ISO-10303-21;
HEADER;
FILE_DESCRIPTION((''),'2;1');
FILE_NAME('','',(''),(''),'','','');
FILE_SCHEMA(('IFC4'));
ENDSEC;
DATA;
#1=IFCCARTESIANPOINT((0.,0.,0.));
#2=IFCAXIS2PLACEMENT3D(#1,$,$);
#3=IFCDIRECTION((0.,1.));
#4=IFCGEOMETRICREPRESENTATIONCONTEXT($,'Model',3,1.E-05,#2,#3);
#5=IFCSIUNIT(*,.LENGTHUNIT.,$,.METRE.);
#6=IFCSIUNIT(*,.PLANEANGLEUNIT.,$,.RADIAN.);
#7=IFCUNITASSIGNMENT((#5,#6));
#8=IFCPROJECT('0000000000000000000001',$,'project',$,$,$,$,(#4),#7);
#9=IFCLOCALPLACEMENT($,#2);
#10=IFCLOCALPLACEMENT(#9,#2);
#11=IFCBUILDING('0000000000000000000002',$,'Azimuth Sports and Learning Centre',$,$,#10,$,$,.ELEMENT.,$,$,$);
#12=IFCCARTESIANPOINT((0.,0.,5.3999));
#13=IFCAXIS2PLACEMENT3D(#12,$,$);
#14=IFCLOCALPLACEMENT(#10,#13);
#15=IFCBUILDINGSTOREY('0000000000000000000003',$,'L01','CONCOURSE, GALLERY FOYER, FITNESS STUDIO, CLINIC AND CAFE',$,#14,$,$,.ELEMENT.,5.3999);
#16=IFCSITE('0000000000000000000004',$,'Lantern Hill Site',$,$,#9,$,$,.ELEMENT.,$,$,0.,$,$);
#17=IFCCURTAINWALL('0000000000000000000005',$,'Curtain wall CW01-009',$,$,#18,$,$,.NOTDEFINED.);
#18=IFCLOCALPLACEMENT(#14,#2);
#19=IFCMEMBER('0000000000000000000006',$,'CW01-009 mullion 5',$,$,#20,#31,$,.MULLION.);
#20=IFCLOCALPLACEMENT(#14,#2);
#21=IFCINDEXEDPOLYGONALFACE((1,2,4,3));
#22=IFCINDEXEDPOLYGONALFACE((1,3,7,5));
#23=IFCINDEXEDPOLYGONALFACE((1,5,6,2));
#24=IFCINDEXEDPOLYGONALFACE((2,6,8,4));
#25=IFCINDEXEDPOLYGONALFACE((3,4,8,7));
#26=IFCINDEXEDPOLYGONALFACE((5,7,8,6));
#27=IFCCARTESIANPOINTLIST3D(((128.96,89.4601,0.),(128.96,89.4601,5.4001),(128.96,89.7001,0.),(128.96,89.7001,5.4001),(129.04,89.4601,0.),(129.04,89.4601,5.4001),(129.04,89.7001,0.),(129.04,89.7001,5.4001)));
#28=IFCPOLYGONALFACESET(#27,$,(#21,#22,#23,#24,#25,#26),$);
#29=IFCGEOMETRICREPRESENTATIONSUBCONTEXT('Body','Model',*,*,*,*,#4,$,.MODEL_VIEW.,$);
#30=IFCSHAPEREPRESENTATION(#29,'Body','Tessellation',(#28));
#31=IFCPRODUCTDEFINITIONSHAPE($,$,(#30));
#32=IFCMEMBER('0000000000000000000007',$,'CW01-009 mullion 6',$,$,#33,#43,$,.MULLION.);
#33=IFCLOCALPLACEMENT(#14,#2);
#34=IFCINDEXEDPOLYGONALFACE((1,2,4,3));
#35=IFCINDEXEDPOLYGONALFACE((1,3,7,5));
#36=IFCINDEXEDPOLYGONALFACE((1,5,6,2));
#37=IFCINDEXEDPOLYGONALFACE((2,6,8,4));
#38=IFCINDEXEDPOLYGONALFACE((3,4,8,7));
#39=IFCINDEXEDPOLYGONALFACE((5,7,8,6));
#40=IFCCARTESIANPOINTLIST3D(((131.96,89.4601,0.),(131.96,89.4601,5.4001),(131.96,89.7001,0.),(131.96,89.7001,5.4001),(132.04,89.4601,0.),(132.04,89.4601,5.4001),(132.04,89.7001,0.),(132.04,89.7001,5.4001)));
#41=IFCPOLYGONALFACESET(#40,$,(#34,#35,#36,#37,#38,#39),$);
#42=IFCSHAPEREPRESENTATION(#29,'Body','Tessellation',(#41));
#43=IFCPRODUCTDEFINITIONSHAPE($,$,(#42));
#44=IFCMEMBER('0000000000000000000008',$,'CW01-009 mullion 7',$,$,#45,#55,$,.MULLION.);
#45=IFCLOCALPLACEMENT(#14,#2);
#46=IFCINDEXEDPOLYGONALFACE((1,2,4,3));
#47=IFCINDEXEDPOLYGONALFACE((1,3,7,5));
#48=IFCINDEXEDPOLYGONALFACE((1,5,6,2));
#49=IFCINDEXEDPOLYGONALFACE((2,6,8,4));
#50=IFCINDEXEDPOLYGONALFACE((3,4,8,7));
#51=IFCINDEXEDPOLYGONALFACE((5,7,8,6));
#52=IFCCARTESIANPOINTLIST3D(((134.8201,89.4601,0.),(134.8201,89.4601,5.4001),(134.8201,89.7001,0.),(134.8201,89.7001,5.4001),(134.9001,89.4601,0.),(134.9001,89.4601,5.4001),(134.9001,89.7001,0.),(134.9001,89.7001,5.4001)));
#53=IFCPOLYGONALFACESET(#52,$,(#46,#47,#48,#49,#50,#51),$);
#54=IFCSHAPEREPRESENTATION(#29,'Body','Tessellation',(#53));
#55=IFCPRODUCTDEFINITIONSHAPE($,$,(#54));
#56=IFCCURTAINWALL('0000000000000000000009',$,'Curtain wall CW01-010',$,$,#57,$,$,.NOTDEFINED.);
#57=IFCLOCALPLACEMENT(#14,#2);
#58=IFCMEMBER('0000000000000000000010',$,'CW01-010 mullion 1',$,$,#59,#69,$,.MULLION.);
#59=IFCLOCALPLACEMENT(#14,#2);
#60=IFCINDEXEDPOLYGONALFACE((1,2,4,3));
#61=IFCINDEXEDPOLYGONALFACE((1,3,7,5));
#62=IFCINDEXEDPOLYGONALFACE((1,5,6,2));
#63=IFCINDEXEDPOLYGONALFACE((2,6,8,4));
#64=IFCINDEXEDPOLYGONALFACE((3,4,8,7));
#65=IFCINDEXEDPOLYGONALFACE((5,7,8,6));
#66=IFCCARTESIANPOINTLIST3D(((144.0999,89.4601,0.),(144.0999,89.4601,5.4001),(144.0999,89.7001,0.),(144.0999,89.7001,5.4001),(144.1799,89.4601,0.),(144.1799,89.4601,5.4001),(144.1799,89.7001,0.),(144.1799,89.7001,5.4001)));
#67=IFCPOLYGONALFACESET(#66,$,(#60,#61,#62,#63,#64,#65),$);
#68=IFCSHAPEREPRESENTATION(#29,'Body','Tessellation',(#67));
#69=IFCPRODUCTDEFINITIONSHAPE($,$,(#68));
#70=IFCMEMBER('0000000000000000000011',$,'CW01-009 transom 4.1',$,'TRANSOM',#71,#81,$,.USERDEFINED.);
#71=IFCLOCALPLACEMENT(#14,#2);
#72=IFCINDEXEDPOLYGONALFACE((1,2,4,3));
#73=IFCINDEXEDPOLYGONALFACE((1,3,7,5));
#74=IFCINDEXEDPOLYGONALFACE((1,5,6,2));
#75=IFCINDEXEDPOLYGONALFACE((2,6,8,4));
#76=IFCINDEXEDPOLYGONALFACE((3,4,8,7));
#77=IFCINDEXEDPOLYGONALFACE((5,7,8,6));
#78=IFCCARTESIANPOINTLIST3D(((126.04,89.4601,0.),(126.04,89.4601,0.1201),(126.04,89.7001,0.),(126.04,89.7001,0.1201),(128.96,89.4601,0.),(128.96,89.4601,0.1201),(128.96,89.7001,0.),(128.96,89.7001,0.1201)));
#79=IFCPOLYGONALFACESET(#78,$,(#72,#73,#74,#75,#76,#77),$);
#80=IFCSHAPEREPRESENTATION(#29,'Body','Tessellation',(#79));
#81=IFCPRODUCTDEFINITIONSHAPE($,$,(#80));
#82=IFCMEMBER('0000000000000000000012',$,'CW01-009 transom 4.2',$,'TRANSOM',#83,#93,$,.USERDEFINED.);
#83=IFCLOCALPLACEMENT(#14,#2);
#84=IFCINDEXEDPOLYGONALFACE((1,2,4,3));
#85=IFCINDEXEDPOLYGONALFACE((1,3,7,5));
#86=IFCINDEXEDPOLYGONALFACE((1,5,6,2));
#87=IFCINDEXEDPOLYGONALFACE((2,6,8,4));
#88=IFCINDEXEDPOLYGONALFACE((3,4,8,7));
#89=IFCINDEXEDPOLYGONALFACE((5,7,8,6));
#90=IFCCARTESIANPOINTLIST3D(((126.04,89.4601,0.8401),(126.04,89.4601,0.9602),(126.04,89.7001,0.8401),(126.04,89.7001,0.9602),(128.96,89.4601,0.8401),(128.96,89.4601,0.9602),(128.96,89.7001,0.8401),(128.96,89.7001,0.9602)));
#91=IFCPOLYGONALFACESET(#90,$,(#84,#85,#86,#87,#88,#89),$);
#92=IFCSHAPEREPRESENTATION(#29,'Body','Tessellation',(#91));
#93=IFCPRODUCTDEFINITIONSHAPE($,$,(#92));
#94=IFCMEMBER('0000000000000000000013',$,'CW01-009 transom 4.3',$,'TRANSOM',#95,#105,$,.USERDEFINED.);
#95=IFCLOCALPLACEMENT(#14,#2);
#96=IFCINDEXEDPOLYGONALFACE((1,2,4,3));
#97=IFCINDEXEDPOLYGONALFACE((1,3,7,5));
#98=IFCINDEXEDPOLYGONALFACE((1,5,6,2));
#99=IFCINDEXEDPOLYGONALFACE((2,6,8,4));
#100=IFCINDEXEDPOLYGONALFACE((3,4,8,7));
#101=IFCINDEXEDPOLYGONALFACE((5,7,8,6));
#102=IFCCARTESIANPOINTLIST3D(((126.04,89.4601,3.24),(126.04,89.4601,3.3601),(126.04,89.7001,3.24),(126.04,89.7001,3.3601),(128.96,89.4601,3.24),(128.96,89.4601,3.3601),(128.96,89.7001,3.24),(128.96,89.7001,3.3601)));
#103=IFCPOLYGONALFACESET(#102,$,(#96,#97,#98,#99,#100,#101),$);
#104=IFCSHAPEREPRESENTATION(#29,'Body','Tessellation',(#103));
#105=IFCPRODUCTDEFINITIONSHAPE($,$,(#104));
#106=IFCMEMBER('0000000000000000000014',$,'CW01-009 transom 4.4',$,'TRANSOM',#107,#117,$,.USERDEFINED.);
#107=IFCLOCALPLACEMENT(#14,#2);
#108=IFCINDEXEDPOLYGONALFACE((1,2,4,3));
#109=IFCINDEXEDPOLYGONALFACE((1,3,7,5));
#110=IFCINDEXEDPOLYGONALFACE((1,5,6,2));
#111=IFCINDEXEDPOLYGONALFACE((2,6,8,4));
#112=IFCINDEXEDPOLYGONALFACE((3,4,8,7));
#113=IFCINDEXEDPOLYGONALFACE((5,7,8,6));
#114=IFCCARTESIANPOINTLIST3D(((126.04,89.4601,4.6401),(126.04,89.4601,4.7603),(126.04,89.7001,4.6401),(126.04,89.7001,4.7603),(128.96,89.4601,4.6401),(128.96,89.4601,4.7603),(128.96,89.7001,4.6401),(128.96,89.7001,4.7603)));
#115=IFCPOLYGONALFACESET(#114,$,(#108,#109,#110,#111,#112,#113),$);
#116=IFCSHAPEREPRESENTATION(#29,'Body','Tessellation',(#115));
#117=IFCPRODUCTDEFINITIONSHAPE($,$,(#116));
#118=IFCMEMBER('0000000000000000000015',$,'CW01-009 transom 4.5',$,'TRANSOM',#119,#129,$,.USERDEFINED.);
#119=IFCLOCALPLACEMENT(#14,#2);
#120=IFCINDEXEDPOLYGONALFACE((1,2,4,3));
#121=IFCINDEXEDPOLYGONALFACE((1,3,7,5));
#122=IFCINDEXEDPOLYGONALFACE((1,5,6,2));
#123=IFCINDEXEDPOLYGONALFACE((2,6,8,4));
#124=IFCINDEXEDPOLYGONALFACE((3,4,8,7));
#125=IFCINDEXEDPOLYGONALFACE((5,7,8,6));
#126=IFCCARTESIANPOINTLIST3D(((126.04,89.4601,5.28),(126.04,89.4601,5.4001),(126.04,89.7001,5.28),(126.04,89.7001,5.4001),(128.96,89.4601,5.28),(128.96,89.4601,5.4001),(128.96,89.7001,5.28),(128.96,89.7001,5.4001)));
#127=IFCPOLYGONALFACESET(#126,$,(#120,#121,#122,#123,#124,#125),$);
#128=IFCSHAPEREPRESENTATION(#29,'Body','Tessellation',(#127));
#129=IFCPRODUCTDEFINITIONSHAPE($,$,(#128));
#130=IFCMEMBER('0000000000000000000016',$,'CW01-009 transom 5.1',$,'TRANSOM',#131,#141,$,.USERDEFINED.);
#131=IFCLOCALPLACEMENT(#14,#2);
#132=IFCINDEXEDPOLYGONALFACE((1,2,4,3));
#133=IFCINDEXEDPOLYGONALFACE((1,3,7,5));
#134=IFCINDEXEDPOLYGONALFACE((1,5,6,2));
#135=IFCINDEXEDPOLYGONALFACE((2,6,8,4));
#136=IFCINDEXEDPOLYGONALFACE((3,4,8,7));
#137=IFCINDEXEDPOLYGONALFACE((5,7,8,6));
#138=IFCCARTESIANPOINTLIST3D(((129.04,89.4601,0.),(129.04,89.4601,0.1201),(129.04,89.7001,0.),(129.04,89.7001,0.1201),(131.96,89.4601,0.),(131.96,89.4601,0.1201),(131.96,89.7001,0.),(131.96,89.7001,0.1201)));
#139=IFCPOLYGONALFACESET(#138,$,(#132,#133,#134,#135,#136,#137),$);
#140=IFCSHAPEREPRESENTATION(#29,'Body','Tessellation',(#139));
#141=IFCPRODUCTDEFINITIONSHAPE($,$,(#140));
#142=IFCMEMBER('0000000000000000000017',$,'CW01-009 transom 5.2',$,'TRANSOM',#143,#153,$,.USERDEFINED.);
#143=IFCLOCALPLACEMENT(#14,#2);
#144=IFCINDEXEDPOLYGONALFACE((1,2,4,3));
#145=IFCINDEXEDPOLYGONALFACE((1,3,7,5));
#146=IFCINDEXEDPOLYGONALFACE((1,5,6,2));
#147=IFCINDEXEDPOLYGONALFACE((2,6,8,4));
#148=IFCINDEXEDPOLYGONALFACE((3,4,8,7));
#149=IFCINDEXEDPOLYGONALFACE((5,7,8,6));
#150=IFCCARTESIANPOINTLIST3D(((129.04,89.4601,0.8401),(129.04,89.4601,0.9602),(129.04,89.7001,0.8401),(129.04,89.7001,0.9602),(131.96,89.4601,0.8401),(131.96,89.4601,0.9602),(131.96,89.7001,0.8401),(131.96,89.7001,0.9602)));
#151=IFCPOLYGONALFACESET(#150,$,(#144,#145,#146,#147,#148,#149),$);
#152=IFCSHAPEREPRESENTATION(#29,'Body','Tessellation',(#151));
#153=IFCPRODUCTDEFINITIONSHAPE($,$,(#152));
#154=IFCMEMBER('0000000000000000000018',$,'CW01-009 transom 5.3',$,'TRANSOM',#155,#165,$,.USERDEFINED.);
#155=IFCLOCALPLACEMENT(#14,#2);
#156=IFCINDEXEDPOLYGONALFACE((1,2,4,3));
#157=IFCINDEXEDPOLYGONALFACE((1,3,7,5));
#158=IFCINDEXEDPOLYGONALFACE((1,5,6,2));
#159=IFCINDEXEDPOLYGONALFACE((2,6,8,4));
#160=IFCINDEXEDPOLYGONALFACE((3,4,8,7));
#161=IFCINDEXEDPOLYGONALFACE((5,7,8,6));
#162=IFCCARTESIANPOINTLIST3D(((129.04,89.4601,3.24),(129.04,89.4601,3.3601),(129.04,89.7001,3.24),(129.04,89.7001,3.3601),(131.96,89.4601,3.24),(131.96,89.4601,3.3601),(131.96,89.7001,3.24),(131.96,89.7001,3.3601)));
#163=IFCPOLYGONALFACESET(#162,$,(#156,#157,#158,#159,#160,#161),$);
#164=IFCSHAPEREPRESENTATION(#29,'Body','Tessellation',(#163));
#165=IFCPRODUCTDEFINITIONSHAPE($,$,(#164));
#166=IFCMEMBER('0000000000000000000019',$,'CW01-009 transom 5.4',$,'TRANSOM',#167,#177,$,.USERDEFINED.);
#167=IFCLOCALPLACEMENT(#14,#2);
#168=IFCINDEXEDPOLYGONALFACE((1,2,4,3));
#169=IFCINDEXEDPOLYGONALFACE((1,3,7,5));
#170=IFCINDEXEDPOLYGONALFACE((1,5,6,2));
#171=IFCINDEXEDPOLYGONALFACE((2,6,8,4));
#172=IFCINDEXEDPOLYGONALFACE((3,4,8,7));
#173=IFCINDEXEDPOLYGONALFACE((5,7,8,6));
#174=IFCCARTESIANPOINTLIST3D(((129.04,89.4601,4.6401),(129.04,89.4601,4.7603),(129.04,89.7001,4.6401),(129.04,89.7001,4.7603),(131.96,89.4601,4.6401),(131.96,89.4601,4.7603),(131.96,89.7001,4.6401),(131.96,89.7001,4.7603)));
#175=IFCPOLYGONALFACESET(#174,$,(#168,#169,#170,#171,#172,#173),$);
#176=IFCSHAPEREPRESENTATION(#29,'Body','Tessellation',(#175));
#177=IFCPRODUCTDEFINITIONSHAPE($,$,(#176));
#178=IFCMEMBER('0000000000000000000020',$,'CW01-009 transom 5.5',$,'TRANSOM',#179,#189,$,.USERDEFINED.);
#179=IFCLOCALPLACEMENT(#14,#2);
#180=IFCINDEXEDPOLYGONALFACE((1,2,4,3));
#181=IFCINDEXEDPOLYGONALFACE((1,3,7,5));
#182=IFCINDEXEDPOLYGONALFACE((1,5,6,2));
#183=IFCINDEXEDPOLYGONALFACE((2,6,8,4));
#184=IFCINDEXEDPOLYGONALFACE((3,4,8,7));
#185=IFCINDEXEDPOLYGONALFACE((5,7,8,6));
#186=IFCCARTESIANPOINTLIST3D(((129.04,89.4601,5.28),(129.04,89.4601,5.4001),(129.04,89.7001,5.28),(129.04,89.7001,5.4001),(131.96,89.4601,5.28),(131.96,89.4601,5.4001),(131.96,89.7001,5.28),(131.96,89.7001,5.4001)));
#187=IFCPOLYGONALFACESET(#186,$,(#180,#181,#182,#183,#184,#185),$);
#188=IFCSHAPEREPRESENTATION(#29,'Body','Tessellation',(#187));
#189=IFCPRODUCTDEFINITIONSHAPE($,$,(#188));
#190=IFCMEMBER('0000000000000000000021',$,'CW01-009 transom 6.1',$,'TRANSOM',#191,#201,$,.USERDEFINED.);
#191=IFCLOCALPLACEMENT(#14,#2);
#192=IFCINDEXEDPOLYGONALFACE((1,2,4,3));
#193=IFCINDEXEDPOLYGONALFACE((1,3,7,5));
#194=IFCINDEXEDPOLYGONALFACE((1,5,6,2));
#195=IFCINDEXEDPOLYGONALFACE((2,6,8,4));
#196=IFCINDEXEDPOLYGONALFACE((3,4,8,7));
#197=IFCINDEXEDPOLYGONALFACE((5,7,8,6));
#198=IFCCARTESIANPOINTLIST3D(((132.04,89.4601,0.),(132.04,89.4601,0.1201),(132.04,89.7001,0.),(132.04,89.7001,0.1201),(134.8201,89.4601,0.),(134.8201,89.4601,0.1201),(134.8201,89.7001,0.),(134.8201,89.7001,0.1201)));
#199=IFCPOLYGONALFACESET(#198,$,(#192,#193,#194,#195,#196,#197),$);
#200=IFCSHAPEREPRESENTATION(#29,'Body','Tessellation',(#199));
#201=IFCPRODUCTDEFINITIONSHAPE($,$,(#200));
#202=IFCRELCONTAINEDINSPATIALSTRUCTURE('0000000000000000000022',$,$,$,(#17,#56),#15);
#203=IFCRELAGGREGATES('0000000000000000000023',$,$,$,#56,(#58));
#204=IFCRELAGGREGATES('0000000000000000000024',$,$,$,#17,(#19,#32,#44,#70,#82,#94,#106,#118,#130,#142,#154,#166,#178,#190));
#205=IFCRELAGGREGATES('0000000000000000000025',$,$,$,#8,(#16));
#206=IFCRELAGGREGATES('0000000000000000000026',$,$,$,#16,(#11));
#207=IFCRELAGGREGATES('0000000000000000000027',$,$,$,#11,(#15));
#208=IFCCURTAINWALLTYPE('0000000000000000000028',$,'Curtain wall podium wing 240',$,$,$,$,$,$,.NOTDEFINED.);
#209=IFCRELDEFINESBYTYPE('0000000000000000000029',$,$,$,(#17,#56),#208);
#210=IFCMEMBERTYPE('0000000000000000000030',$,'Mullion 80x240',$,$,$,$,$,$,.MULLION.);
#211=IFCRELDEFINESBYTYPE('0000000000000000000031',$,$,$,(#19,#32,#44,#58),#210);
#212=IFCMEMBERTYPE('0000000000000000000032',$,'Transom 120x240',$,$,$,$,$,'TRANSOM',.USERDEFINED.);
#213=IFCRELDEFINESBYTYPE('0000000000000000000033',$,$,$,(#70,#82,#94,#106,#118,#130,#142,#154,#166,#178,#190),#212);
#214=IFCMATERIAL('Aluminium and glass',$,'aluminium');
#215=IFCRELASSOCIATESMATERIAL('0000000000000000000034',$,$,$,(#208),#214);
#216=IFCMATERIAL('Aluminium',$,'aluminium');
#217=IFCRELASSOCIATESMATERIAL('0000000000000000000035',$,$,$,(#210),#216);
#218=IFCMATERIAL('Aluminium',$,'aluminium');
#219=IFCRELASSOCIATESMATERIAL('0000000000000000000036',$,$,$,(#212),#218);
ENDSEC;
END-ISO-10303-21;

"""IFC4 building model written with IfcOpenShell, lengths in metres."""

from ifc_helpers import new_model, si_unit, direction, frame, origin, origin_2d, place, context, subcontext, project, spatial, rectangle, extrude, material, material_profile, profile_set, type_object, element, aggregate, save


model = new_model("IFC4")

# Units and contexts
model_context = context("Model", 3, precision=1e-05, world=origin(), true_north=direction((0.0, 1.0)))
body_context = subcontext(model_context, "Body", "Model", "MODEL_VIEW")
ifc_project = project(units=[si_unit("LENGTHUNIT", "METRE"), si_unit("PLANEANGLEUNIT", "RADIAN")], contexts=[model_context])

# Site, building, storey
site_placement = place(None, origin())
site = spatial("IfcSite", under=ifc_project, at=site_placement, Name="Lantern Hill Site", CompositionType="ELEMENT", RefElevation=0.0)
building_placement = place(site_placement, origin())
building = spatial("IfcBuilding", under=site, at=building_placement, Name="Azimuth Sports and Learning Centre", CompositionType="ELEMENT")
storey_placement = place(building_placement, frame((0.0, 0.0, 5.3999)))
storey = spatial("IfcBuildingStorey", under=building, at=storey_placement, Name="L01", Description="CONCOURSE, GALLERY FOYER, FITNESS STUDIO, CLINIC AND CAFE", CompositionType="ELEMENT", Elevation=5.3999)

# Curtain wall, members
ifc_material_1 = material(Name="Aluminium and glass", Category="aluminium")
curtain_wall_type = type_object("IfcCurtainWallType", Name="Curtain wall podium wing 240", PredefinedType="NOTDEFINED", material=ifc_material_1)
curtain_wall_1_placement = place(storey_placement, origin())
curtain_wall_1 = element("IfcCurtainWall", 1, at=curtain_wall_1_placement, inside=storey, type_object=curtain_wall_type, Name="Curtain wall CW01-009", PredefinedType="NOTDEFINED")
ifc_material_2 = material(Name="Aluminium", Category="aluminium")
ifc_material_profile_1 = material_profile(ifc_material_2, rectangle(XDim=0.24, YDim=0.0801, at=origin_2d()), Name="Mullion 80x240")
ifc_profile_set_1 = profile_set([ifc_material_profile_1], Name="Aluminium")
member_type_1 = type_object("IfcMemberType", Name="Mullion 80x240", PredefinedType="MULLION", material=ifc_profile_set_1)
member_1_placement = place(storey_placement, frame((129.0, 89.5801, 0.0), z_axis=(0.0, 0.0, 1.0), x_axis=(0.0, 1.0, 0.0)))
member_1 = element("IfcMember", 2, at=member_1_placement, type_object=member_type_1, Name="CW01-009 mullion 5", PredefinedType="MULLION", context=body_context, shape_type="SweptSolid", body=[
    extrude(rectangle(XDim=0.24, YDim=0.0801, at=origin_2d()), origin(), (0.0, 0.0, 1.0), 5.4001),
])
member_2_placement = place(storey_placement, frame((132.0, 89.5801, 0.0), z_axis=(0.0, 0.0, 1.0), x_axis=(0.0, 1.0, 0.0)))
member_2 = element("IfcMember", 3, at=member_2_placement, type_object=member_type_1, Name="CW01-009 mullion 6", PredefinedType="MULLION", context=body_context, shape_type="SweptSolid", body=[
    extrude(rectangle(XDim=0.24, YDim=0.0801, at=origin_2d()), origin(), (0.0, 0.0, 1.0), 5.4001),
])
member_3_placement = place(storey_placement, frame((134.8601, 89.5801, 0.0), z_axis=(0.0, 0.0, 1.0), x_axis=(0.0, 1.0, 0.0)))
member_3 = element("IfcMember", 4, at=member_3_placement, type_object=member_type_1, Name="CW01-009 mullion 7", PredefinedType="MULLION", context=body_context, shape_type="SweptSolid", body=[
    extrude(rectangle(XDim=0.24, YDim=0.0801, at=origin_2d()), origin(), (0.0, 0.0, 1.0), 5.4001),
])

# Curtain wall, member
curtain_wall_2_placement = place(storey_placement, origin())
curtain_wall_2 = element("IfcCurtainWall", 5, at=curtain_wall_2_placement, inside=storey, type_object=curtain_wall_type, Name="Curtain wall CW01-010", PredefinedType="NOTDEFINED")
member_4_placement = place(storey_placement, frame((144.1399, 89.5801, 0.0), z_axis=(0.0, 0.0, 1.0), x_axis=(0.0, 1.0, 0.0)))
member_4 = element("IfcMember", 6, at=member_4_placement, type_object=member_type_1, Name="CW01-010 mullion 1", PredefinedType="MULLION", context=body_context, shape_type="SweptSolid", body=[
    extrude(rectangle(XDim=0.24, YDim=0.0801, at=origin_2d()), origin(), (0.0, 0.0, 1.0), 5.4001),
])

# Members
ifc_material_3 = material(Name="Aluminium", Category="aluminium")
ifc_material_profile_2 = material_profile(ifc_material_3, rectangle(XDim=0.24, YDim=0.1201, at=origin_2d()), Name="Transom 120x240")
ifc_profile_set_2 = profile_set([ifc_material_profile_2], Name="Aluminium")
member_type_2 = type_object("IfcMemberType", Name="Transom 120x240", ElementType="TRANSOM", PredefinedType="USERDEFINED", material=ifc_profile_set_2)
member_5_placement = place(storey_placement, frame((126.04, 89.5801, 0.0601), z_axis=(1.0, 0.0, 0.0), x_axis=(0.0, 1.0, 0.0)))
member_5 = element("IfcMember", 7, at=member_5_placement, type_object=member_type_2, Name="CW01-009 transom 4.1", ObjectType="TRANSOM", PredefinedType="USERDEFINED", context=body_context, shape_type="SweptSolid", body=[
    extrude(rectangle(XDim=0.24, YDim=0.1201, at=origin_2d()), origin(), (0.0, 0.0, 1.0), 2.9199),
])
member_6_placement = place(storey_placement, frame((126.04, 89.5801, 0.9001), z_axis=(1.0, 0.0, 0.0), x_axis=(0.0, 1.0, 0.0)))
member_6 = element("IfcMember", 8, at=member_6_placement, type_object=member_type_2, Name="CW01-009 transom 4.2", ObjectType="TRANSOM", PredefinedType="USERDEFINED", context=body_context, shape_type="SweptSolid", body=[
    extrude(rectangle(XDim=0.24, YDim=0.1201, at=origin_2d()), origin(), (0.0, 0.0, 1.0), 2.9199),
])
member_7_placement = place(storey_placement, frame((126.04, 89.5801, 3.3), z_axis=(1.0, 0.0, 0.0), x_axis=(0.0, 1.0, 0.0)))
member_7 = element("IfcMember", 9, at=member_7_placement, type_object=member_type_2, Name="CW01-009 transom 4.3", ObjectType="TRANSOM", PredefinedType="USERDEFINED", context=body_context, shape_type="SweptSolid", body=[
    extrude(rectangle(XDim=0.24, YDim=0.1201, at=origin_2d()), origin(), (0.0, 0.0, 1.0), 2.9199),
])
member_8_placement = place(storey_placement, frame((126.04, 89.5801, 4.7002), z_axis=(1.0, 0.0, 0.0), x_axis=(0.0, 1.0, 0.0)))
member_8 = element("IfcMember", 10, at=member_8_placement, type_object=member_type_2, Name="CW01-009 transom 4.4", ObjectType="TRANSOM", PredefinedType="USERDEFINED", context=body_context, shape_type="SweptSolid", body=[
    extrude(rectangle(XDim=0.24, YDim=0.1201, at=origin_2d()), origin(), (0.0, 0.0, 1.0), 2.9199),
])
member_9_placement = place(storey_placement, frame((126.04, 89.5801, 5.3401), z_axis=(1.0, 0.0, 0.0), x_axis=(0.0, 1.0, 0.0)))
member_9 = element("IfcMember", 11, at=member_9_placement, type_object=member_type_2, Name="CW01-009 transom 4.5", ObjectType="TRANSOM", PredefinedType="USERDEFINED", context=body_context, shape_type="SweptSolid", body=[
    extrude(rectangle(XDim=0.24, YDim=0.1201, at=origin_2d()), origin(), (0.0, 0.0, 1.0), 2.9199),
])
member_10_placement = place(storey_placement, frame((129.04, 89.5801, 0.0601), z_axis=(1.0, 0.0, 0.0), x_axis=(0.0, 1.0, 0.0)))
member_10 = element("IfcMember", 12, at=member_10_placement, type_object=member_type_2, Name="CW01-009 transom 5.1", ObjectType="TRANSOM", PredefinedType="USERDEFINED", context=body_context, shape_type="SweptSolid", body=[
    extrude(rectangle(XDim=0.24, YDim=0.1201, at=origin_2d()), origin(), (0.0, 0.0, 1.0), 2.9199),
])
member_11_placement = place(storey_placement, frame((129.04, 89.5801, 0.9001), z_axis=(1.0, 0.0, 0.0), x_axis=(0.0, 1.0, 0.0)))
member_11 = element("IfcMember", 13, at=member_11_placement, type_object=member_type_2, Name="CW01-009 transom 5.2", ObjectType="TRANSOM", PredefinedType="USERDEFINED", context=body_context, shape_type="SweptSolid", body=[
    extrude(rectangle(XDim=0.24, YDim=0.1201, at=origin_2d()), origin(), (0.0, 0.0, 1.0), 2.9199),
])
member_12_placement = place(storey_placement, frame((129.04, 89.5801, 3.3), z_axis=(1.0, 0.0, 0.0), x_axis=(0.0, 1.0, 0.0)))
member_12 = element("IfcMember", 14, at=member_12_placement, type_object=member_type_2, Name="CW01-009 transom 5.3", ObjectType="TRANSOM", PredefinedType="USERDEFINED", context=body_context, shape_type="SweptSolid", body=[
    extrude(rectangle(XDim=0.24, YDim=0.1201, at=origin_2d()), origin(), (0.0, 0.0, 1.0), 2.9199),
])
member_13_placement = place(storey_placement, frame((129.04, 89.5801, 4.7002), z_axis=(1.0, 0.0, 0.0), x_axis=(0.0, 1.0, 0.0)))
member_13 = element("IfcMember", 15, at=member_13_placement, type_object=member_type_2, Name="CW01-009 transom 5.4", ObjectType="TRANSOM", PredefinedType="USERDEFINED", context=body_context, shape_type="SweptSolid", body=[
    extrude(rectangle(XDim=0.24, YDim=0.1201, at=origin_2d()), origin(), (0.0, 0.0, 1.0), 2.9199),
])
member_14_placement = place(storey_placement, frame((129.04, 89.5801, 5.3401), z_axis=(1.0, 0.0, 0.0), x_axis=(0.0, 1.0, 0.0)))
member_14 = element("IfcMember", 16, at=member_14_placement, type_object=member_type_2, Name="CW01-009 transom 5.5", ObjectType="TRANSOM", PredefinedType="USERDEFINED", context=body_context, shape_type="SweptSolid", body=[
    extrude(rectangle(XDim=0.24, YDim=0.1201, at=origin_2d()), origin(), (0.0, 0.0, 1.0), 2.9199),
])
member_15_placement = place(storey_placement, frame((132.04, 89.5801, 0.0601), z_axis=(1.0, 0.0, 0.0), x_axis=(0.0, 1.0, 0.0)))
member_15 = element("IfcMember", 17, at=member_15_placement, type_object=member_type_2, Name="CW01-009 transom 6.1", ObjectType="TRANSOM", PredefinedType="USERDEFINED", context=body_context, shape_type="SweptSolid", body=[
    extrude(rectangle(XDim=0.24, YDim=0.1201, at=origin_2d()), origin(), (0.0, 0.0, 1.0), 2.78),
])
aggregate(curtain_wall_2, [member_4])

aggregate(curtain_wall_1, [member_1, member_2, member_3, member_5, member_6, member_7, member_8, member_9, member_10, member_11, member_12, member_13, member_14, member_15])

save(model, "model.ifc")
